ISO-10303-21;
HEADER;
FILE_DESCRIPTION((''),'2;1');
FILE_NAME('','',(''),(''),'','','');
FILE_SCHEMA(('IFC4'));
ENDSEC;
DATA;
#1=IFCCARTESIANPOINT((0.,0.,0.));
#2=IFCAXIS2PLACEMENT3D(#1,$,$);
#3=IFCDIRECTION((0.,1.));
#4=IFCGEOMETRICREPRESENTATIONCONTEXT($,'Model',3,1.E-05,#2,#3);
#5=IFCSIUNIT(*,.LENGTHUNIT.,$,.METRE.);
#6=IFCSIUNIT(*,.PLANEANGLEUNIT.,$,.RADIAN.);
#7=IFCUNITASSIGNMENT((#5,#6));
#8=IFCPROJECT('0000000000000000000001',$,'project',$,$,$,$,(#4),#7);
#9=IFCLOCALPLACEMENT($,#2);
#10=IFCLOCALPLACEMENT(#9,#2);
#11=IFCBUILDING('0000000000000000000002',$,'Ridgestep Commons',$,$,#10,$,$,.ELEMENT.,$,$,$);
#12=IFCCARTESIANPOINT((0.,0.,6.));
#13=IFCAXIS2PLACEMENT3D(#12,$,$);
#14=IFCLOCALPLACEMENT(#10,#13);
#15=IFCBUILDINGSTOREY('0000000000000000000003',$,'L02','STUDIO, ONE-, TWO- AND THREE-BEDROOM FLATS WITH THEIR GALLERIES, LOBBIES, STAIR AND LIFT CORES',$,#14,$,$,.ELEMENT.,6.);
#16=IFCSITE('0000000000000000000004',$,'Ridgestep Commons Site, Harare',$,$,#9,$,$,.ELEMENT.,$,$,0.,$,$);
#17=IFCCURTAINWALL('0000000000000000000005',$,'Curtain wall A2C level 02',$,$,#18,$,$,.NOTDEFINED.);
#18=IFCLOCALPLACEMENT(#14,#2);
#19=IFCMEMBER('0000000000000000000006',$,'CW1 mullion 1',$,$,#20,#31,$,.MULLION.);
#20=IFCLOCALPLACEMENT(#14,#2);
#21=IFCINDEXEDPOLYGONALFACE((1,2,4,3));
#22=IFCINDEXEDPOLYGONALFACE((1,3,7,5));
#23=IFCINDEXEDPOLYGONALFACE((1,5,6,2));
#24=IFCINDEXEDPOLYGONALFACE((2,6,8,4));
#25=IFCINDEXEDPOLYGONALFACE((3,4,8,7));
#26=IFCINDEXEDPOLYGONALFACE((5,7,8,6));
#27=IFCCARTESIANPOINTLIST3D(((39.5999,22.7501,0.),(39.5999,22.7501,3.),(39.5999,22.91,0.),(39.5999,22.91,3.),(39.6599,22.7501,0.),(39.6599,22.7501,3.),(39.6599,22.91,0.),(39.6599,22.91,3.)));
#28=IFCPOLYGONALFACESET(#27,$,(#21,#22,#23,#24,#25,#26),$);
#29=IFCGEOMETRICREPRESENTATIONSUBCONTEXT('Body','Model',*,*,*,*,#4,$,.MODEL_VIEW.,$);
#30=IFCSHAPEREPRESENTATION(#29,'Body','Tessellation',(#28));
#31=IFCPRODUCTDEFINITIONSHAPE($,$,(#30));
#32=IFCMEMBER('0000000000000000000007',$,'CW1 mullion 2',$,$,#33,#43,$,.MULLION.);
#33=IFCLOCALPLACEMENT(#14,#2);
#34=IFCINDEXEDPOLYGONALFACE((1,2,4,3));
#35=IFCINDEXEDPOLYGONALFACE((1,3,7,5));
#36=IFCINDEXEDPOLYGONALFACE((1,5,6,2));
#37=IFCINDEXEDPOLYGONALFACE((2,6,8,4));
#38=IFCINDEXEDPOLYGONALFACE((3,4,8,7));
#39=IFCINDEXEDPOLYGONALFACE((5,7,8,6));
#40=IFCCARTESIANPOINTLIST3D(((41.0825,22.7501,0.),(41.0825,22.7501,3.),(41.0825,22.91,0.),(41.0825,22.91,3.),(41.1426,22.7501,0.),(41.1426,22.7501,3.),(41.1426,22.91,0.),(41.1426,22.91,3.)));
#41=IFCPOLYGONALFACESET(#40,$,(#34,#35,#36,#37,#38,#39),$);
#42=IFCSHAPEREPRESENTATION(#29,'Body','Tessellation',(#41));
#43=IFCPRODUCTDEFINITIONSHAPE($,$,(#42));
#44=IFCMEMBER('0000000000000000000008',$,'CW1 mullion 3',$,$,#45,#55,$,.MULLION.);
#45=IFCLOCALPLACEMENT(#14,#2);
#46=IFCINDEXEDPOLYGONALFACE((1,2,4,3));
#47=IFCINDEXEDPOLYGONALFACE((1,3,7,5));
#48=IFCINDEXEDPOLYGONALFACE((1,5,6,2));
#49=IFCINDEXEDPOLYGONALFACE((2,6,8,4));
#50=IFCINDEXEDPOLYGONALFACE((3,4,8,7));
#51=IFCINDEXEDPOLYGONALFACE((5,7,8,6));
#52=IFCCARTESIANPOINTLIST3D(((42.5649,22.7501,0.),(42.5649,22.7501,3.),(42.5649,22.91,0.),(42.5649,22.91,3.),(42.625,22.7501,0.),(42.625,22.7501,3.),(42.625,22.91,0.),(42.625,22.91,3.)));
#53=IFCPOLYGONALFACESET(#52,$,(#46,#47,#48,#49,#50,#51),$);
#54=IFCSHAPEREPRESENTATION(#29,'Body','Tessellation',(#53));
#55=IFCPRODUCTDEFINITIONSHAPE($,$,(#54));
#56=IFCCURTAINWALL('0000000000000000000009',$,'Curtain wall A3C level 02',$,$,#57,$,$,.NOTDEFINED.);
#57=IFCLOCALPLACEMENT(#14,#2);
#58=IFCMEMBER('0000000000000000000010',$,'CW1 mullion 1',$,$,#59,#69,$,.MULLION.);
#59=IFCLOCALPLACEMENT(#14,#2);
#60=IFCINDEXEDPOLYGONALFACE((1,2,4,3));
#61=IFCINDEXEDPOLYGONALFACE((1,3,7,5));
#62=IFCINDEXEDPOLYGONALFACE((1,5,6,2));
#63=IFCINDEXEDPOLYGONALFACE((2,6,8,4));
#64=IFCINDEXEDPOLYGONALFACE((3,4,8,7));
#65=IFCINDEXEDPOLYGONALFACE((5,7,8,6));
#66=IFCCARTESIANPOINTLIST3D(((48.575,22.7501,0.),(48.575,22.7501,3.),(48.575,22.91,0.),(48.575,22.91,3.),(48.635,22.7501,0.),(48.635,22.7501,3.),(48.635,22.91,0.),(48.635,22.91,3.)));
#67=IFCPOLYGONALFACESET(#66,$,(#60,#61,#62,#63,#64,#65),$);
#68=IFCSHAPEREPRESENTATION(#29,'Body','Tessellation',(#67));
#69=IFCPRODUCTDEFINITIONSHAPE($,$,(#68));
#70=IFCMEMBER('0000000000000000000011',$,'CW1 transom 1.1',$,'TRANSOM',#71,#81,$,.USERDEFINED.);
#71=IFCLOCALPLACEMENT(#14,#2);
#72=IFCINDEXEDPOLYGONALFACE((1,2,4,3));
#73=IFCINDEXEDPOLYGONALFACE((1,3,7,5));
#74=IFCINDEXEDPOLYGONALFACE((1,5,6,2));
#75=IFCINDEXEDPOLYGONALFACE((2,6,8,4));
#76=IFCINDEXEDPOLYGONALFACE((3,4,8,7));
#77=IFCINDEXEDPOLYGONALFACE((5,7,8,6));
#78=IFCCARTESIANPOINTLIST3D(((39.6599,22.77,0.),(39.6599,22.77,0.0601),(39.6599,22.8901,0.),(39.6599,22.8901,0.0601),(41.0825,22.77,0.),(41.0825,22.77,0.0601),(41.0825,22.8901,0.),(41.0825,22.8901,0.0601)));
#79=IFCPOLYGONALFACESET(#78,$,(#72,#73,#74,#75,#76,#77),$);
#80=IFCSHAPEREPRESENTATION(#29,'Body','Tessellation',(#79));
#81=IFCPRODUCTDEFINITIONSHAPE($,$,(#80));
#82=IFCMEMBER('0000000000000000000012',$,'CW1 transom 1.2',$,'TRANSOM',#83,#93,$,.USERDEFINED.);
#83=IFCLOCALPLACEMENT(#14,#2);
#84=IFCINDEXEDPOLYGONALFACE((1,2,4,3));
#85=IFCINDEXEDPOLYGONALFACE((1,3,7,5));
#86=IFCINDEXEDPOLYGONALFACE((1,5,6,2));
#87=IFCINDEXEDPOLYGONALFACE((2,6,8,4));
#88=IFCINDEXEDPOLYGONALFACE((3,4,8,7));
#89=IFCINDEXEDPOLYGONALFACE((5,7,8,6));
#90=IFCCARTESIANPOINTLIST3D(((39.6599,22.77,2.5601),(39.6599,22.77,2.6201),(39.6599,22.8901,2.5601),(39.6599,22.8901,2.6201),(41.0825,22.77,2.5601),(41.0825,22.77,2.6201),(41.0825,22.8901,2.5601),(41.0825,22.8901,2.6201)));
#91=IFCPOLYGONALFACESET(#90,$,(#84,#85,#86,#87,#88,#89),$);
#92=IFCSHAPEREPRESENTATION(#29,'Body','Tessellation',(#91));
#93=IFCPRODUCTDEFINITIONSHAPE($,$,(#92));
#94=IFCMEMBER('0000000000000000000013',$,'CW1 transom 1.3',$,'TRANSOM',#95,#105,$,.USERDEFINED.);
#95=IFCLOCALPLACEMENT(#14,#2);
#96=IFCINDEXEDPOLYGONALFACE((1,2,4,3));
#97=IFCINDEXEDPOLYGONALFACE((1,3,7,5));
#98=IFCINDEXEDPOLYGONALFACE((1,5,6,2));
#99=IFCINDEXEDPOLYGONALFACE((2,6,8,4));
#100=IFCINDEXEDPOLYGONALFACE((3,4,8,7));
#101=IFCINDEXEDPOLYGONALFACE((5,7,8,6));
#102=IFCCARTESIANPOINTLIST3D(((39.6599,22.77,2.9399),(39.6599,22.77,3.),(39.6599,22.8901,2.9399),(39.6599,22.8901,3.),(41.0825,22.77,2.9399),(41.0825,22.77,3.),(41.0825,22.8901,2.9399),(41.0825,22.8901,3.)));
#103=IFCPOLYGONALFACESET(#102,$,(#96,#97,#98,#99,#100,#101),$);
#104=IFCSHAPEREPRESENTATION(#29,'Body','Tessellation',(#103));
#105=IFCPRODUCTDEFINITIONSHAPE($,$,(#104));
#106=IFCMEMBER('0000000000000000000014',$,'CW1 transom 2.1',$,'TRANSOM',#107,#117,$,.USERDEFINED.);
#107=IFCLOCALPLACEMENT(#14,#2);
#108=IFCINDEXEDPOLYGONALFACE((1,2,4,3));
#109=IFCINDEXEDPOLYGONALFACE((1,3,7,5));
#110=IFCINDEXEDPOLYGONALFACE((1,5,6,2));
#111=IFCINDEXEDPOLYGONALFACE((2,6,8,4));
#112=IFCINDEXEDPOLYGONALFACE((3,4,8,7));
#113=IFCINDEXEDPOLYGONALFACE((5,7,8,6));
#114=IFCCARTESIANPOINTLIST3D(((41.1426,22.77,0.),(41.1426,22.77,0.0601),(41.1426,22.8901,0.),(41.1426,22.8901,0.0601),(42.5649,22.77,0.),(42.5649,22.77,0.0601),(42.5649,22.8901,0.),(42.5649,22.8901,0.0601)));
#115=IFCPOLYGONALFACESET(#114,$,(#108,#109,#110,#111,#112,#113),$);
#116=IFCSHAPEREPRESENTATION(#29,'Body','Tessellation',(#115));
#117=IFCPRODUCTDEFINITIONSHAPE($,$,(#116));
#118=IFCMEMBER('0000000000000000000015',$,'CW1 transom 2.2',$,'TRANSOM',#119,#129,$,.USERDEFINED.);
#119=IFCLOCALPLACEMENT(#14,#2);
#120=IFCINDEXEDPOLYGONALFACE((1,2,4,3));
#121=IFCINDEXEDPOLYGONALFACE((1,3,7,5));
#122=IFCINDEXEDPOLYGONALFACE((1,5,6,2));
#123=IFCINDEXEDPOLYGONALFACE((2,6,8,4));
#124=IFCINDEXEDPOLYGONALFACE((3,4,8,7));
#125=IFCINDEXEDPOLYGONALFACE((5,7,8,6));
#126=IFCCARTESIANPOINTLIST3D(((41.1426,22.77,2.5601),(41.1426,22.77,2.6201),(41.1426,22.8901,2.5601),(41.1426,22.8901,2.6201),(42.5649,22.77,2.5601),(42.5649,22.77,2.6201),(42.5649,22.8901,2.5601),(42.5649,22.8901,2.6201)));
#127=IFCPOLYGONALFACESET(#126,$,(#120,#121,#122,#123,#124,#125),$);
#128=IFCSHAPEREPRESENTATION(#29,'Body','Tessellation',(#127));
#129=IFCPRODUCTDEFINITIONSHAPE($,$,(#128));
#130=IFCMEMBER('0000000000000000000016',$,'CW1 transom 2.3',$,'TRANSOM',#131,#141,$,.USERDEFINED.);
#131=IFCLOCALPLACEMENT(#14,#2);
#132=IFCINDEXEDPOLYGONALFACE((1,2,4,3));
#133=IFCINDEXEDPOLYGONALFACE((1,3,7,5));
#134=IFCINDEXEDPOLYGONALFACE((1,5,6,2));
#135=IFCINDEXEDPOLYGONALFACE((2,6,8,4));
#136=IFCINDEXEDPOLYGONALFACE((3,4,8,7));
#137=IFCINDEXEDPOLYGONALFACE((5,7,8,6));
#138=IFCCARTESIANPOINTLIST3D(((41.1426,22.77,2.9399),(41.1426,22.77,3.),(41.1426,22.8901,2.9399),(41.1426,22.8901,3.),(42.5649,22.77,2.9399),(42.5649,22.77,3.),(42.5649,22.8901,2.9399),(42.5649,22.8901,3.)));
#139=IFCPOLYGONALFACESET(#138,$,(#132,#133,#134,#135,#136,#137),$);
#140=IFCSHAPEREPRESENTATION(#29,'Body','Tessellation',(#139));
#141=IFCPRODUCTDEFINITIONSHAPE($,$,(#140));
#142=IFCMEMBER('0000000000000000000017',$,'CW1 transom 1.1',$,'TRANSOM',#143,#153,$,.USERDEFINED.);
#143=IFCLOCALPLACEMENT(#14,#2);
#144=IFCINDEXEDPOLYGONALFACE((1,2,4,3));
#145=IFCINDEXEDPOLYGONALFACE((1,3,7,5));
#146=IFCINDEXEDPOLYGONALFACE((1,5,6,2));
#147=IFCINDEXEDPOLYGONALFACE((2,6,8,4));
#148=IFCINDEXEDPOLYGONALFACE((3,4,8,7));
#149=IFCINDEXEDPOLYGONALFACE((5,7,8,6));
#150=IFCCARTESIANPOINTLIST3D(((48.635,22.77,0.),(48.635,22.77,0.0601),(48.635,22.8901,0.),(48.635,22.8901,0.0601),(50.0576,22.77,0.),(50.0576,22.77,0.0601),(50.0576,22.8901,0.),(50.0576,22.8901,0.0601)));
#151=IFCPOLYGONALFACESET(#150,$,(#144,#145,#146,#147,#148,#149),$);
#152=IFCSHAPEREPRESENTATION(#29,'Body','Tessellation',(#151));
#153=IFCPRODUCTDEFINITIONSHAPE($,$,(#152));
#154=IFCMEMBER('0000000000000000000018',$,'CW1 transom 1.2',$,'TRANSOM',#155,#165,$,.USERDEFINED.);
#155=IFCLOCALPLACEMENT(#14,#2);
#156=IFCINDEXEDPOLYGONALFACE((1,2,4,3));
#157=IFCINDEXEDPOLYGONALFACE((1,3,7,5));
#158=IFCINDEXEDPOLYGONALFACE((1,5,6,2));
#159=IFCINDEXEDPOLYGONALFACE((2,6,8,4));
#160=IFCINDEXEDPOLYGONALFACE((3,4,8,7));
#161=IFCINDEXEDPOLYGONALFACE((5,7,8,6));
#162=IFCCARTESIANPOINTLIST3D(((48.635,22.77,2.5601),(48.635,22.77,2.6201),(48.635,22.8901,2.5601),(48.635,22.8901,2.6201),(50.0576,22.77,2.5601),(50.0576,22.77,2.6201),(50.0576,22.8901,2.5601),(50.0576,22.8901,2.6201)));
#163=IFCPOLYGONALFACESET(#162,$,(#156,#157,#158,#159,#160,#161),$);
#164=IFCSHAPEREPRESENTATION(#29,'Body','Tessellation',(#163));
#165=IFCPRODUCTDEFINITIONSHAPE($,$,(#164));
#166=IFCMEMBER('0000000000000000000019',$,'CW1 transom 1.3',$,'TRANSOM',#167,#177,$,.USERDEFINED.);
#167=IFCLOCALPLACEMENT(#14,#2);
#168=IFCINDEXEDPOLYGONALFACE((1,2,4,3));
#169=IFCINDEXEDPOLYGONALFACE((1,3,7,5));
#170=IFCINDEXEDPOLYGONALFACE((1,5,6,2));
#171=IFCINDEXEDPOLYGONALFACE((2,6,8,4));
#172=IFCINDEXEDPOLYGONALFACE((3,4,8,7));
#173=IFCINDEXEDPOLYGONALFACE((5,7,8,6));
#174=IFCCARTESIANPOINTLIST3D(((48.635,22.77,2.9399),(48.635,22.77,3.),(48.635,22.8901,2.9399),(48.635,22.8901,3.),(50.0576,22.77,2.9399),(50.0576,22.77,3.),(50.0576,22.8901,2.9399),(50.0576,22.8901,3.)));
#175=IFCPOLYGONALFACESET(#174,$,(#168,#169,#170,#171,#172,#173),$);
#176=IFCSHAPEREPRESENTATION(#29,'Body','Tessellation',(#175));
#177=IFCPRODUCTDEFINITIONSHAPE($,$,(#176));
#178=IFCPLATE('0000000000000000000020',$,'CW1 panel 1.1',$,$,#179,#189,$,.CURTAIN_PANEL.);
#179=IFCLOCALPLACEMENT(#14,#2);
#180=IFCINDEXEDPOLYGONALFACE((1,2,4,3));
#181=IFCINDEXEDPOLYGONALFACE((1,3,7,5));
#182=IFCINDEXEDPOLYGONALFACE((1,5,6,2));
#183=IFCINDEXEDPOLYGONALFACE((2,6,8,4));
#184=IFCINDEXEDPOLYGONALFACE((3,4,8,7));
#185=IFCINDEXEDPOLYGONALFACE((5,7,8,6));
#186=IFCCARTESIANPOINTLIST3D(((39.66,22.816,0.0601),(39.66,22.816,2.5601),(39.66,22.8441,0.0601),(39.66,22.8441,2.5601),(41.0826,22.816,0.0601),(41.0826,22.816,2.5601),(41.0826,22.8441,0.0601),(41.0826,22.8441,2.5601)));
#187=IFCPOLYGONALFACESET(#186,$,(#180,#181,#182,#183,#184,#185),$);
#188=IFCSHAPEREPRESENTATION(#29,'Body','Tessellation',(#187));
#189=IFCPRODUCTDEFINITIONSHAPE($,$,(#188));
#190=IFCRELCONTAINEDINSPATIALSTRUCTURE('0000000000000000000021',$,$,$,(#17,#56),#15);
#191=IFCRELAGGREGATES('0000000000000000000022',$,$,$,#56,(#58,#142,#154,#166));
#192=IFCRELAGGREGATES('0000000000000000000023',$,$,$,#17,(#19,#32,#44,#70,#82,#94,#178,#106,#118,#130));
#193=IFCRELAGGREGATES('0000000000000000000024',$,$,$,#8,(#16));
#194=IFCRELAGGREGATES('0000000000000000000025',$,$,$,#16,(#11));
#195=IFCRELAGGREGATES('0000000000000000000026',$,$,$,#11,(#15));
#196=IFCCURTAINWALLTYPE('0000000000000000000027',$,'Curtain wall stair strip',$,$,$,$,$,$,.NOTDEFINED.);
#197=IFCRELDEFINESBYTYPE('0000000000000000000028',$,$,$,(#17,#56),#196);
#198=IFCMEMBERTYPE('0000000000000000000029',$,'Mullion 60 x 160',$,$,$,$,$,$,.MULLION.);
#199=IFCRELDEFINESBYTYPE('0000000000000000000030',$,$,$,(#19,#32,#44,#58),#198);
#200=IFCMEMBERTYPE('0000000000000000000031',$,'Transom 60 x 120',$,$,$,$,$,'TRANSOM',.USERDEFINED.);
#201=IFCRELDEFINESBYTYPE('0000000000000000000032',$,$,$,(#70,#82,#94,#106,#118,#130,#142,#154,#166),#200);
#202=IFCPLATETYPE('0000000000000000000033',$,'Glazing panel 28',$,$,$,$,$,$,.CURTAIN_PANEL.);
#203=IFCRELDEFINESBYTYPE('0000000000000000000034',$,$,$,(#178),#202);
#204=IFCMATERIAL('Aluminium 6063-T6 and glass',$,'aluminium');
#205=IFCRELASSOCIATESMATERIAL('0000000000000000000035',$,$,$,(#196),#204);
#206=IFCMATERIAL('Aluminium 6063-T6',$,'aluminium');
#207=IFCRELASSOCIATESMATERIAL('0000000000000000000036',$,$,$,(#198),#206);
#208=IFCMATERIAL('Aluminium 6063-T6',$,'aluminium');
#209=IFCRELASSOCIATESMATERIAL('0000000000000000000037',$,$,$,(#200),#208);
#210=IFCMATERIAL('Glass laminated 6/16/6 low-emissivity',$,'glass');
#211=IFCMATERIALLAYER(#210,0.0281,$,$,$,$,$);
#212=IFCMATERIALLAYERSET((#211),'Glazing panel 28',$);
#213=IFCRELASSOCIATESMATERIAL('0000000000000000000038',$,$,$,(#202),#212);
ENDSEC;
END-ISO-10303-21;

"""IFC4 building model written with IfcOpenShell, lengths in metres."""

from ifc_helpers import new_model, si_unit, direction, frame, origin, origin_2d, place, context, subcontext, project, spatial, rectangle, extrude, material, layer, layer_set, material_profile, profile_set, type_object, element, aggregate, save


model = new_model("IFC4")

# Units and contexts
model_context = context("Model", 3, precision=1e-05, world=origin(), true_north=direction((0.0, 1.0)))
body_context = subcontext(model_context, "Body", "Model", "MODEL_VIEW")
ifc_project = project(units=[si_unit("LENGTHUNIT", "METRE"), si_unit("PLANEANGLEUNIT", "RADIAN")], contexts=[model_context])

# Site, building, storey
site_placement = place(None, origin())
site = spatial("IfcSite", under=ifc_project, at=site_placement, Name="Ridgestep Commons Site, Harare", CompositionType="ELEMENT", RefElevation=0.0)
building_placement = place(site_placement, origin())
building = spatial("IfcBuilding", under=site, at=building_placement, Name="Ridgestep Commons", CompositionType="ELEMENT")
storey_placement = place(building_placement, frame((0.0, 0.0, 6.0)))
storey = spatial("IfcBuildingStorey", under=building, at=storey_placement, Name="L02", Description="STUDIO, ONE-, TWO- AND THREE-BEDROOM FLATS WITH THEIR GALLERIES, LOBBIES, STAIR AND LIFT CORES", CompositionType="ELEMENT", Elevation=6.0)

# Curtain wall, members
ifc_material_1 = material(Name="Aluminium 6063-T6 and glass", Category="aluminium")
curtain_wall_type = type_object("IfcCurtainWallType", Name="Curtain wall stair strip", PredefinedType="NOTDEFINED", material=ifc_material_1)
curtain_wall_1_placement = place(storey_placement, origin())
curtain_wall_1 = element("IfcCurtainWall", 1, at=curtain_wall_1_placement, inside=storey, type_object=curtain_wall_type, Name="Curtain wall A2C level 02", PredefinedType="NOTDEFINED")
ifc_material_2 = material(Name="Aluminium 6063-T6", Category="aluminium")
ifc_material_profile_1 = material_profile(ifc_material_2, rectangle(XDim=0.1599, YDim=0.0601, at=origin_2d()), Name="Mullion 60 x 160")
ifc_profile_set_1 = profile_set([ifc_material_profile_1], Name="Aluminium 6063-T6")
member_type_1 = type_object("IfcMemberType", Name="Mullion 60 x 160", PredefinedType="MULLION", material=ifc_profile_set_1)
member_1_placement = place(storey_placement, frame((39.6299, 22.8301, 0.0), z_axis=(0.0, 0.0, 1.0), x_axis=(0.0, 1.0, 0.0)))
member_1 = element("IfcMember", 2, at=member_1_placement, type_object=member_type_1, Name="CW1 mullion 1", PredefinedType="MULLION", context=body_context, shape_type="SweptSolid", body=[
    extrude(rectangle(XDim=0.1599, YDim=0.0601, at=origin_2d()), origin(), (0.0, 0.0, 1.0), 3.0),
])
member_2_placement = place(storey_placement, frame((41.1125, 22.8301, 0.0), z_axis=(0.0, 0.0, 1.0), x_axis=(0.0, 1.0, 0.0)))
member_2 = element("IfcMember", 3, at=member_2_placement, type_object=member_type_1, Name="CW1 mullion 2", PredefinedType="MULLION", context=body_context, shape_type="SweptSolid", body=[
    extrude(rectangle(XDim=0.1599, YDim=0.0601, at=origin_2d()), origin(), (0.0, 0.0, 1.0), 3.0),
])
member_3_placement = place(storey_placement, frame((42.595, 22.8301, 0.0), z_axis=(0.0, 0.0, 1.0), x_axis=(0.0, 1.0, 0.0)))
member_3 = element("IfcMember", 4, at=member_3_placement, type_object=member_type_1, Name="CW1 mullion 3", PredefinedType="MULLION", context=body_context, shape_type="SweptSolid", body=[
    extrude(rectangle(XDim=0.1599, YDim=0.0601, at=origin_2d()), origin(), (0.0, 0.0, 1.0), 3.0),
])

# Curtain wall, member
curtain_wall_2_placement = place(storey_placement, origin())
curtain_wall_2 = element("IfcCurtainWall", 5, at=curtain_wall_2_placement, inside=storey, type_object=curtain_wall_type, Name="Curtain wall A3C level 02", PredefinedType="NOTDEFINED")
member_4_placement = place(storey_placement, frame((48.605, 22.8301, 0.0), z_axis=(0.0, 0.0, 1.0), x_axis=(0.0, 1.0, 0.0)))
member_4 = element("IfcMember", 6, at=member_4_placement, type_object=member_type_1, Name="CW1 mullion 1", PredefinedType="MULLION", context=body_context, shape_type="SweptSolid", body=[
    extrude(rectangle(XDim=0.1599, YDim=0.0601, at=origin_2d()), origin(), (0.0, 0.0, 1.0), 3.0),
])

# Members
ifc_material_3 = material(Name="Aluminium 6063-T6", Category="aluminium")
ifc_material_profile_2 = material_profile(ifc_material_3, rectangle(XDim=0.1201, YDim=0.0601, at=origin_2d()), Name="Transom 60 x 120")
ifc_profile_set_2 = profile_set([ifc_material_profile_2], Name="Aluminium 6063-T6")
member_type_2 = type_object("IfcMemberType", Name="Transom 60 x 120", ElementType="TRANSOM", PredefinedType="USERDEFINED", material=ifc_profile_set_2)
member_5_placement = place(storey_placement, frame((39.6599, 22.8301, 0.03), z_axis=(1.0, 0.0, 0.0), x_axis=(0.0, 1.0, 0.0)))
member_5 = element("IfcMember", 7, at=member_5_placement, type_object=member_type_2, Name="CW1 transom 1.1", ObjectType="TRANSOM", PredefinedType="USERDEFINED", context=body_context, shape_type="SweptSolid", body=[
    extrude(rectangle(XDim=0.1201, YDim=0.0601, at=origin_2d()), origin(), (0.0, 0.0, 1.0), 1.4226),
])
member_6_placement = place(storey_placement, frame((39.6599, 22.8301, 2.5901), z_axis=(1.0, 0.0, 0.0), x_axis=(0.0, 1.0, 0.0)))
member_6 = element("IfcMember", 8, at=member_6_placement, type_object=member_type_2, Name="CW1 transom 1.2", ObjectType="TRANSOM", PredefinedType="USERDEFINED", context=body_context, shape_type="SweptSolid", body=[
    extrude(rectangle(XDim=0.1201, YDim=0.0601, at=origin_2d()), origin(), (0.0, 0.0, 1.0), 1.4226),
])
member_7_placement = place(storey_placement, frame((39.6599, 22.8301, 2.97), z_axis=(1.0, 0.0, 0.0), x_axis=(0.0, 1.0, 0.0)))
member_7 = element("IfcMember", 9, at=member_7_placement, type_object=member_type_2, Name="CW1 transom 1.3", ObjectType="TRANSOM", PredefinedType="USERDEFINED", context=body_context, shape_type="SweptSolid", body=[
    extrude(rectangle(XDim=0.1201, YDim=0.0601, at=origin_2d()), origin(), (0.0, 0.0, 1.0), 1.4226),
])
member_8_placement = place(storey_placement, frame((41.1426, 22.8301, 0.03), z_axis=(1.0, 0.0, 0.0), x_axis=(0.0, 1.0, 0.0)))
member_8 = element("IfcMember", 10, at=member_8_placement, type_object=member_type_2, Name="CW1 transom 2.1", ObjectType="TRANSOM", PredefinedType="USERDEFINED", context=body_context, shape_type="SweptSolid", body=[
    extrude(rectangle(XDim=0.1201, YDim=0.0601, at=origin_2d()), origin(), (0.0, 0.0, 1.0), 1.4224),
])
member_9_placement = place(storey_placement, frame((41.1426, 22.8301, 2.5901), z_axis=(1.0, 0.0, 0.0), x_axis=(0.0, 1.0, 0.0)))
member_9 = element("IfcMember", 11, at=member_9_placement, type_object=member_type_2, Name="CW1 transom 2.2", ObjectType="TRANSOM", PredefinedType="USERDEFINED", context=body_context, shape_type="SweptSolid", body=[
    extrude(rectangle(XDim=0.1201, YDim=0.0601, at=origin_2d()), origin(), (0.0, 0.0, 1.0), 1.4224),
])
member_10_placement = place(storey_placement, frame((41.1426, 22.8301, 2.97), z_axis=(1.0, 0.0, 0.0), x_axis=(0.0, 1.0, 0.0)))
member_10 = element("IfcMember", 12, at=member_10_placement, type_object=member_type_2, Name="CW1 transom 2.3", ObjectType="TRANSOM", PredefinedType="USERDEFINED", context=body_context, shape_type="SweptSolid", body=[
    extrude(rectangle(XDim=0.1201, YDim=0.0601, at=origin_2d()), origin(), (0.0, 0.0, 1.0), 1.4224),
])
member_11_placement = place(storey_placement, frame((48.635, 22.8301, 0.03), z_axis=(1.0, 0.0, 0.0), x_axis=(0.0, 1.0, 0.0)))
member_11 = element("IfcMember", 13, at=member_11_placement, type_object=member_type_2, Name="CW1 transom 1.1", ObjectType="TRANSOM", PredefinedType="USERDEFINED", context=body_context, shape_type="SweptSolid", body=[
    extrude(rectangle(XDim=0.1201, YDim=0.0601, at=origin_2d()), origin(), (0.0, 0.0, 1.0), 1.4226),
])
member_12_placement = place(storey_placement, frame((48.635, 22.8301, 2.5901), z_axis=(1.0, 0.0, 0.0), x_axis=(0.0, 1.0, 0.0)))
member_12 = element("IfcMember", 14, at=member_12_placement, type_object=member_type_2, Name="CW1 transom 1.2", ObjectType="TRANSOM", PredefinedType="USERDEFINED", context=body_context, shape_type="SweptSolid", body=[
    extrude(rectangle(XDim=0.1201, YDim=0.0601, at=origin_2d()), origin(), (0.0, 0.0, 1.0), 1.4226),
])
member_13_placement = place(storey_placement, frame((48.635, 22.8301, 2.97), z_axis=(1.0, 0.0, 0.0), x_axis=(0.0, 1.0, 0.0)))
member_13 = element("IfcMember", 15, at=member_13_placement, type_object=member_type_2, Name="CW1 transom 1.3", ObjectType="TRANSOM", PredefinedType="USERDEFINED", context=body_context, shape_type="SweptSolid", body=[
    extrude(rectangle(XDim=0.1201, YDim=0.0601, at=origin_2d()), origin(), (0.0, 0.0, 1.0), 1.4226),
])

# Plate
ifc_material_4 = material(Name="Glass laminated 6/16/6 low-emissivity", Category="glass")
ifc_layer_1 = layer(ifc_material_4, 0.0281)
ifc_layer_set_1 = layer_set([ifc_layer_1], Name="Glazing panel 28")
plate_type_1 = type_object("IfcPlateType", Name="Glazing panel 28", PredefinedType="CURTAIN_PANEL", material=ifc_layer_set_1)
plate_1_placement = place(storey_placement, frame((40.3713, 22.8301, 0.0601), z_axis=(0.0, 0.0, 1.0), x_axis=(1.0, 0.0, 0.0)))
plate_1 = element("IfcPlate", 16, at=plate_1_placement, type_object=plate_type_1, Name="CW1 panel 1.1", PredefinedType="CURTAIN_PANEL", context=body_context, shape_type="SweptSolid", body=[
    extrude(rectangle(XDim=1.4226, YDim=0.0281, at=origin_2d()), origin(), (0.0, 0.0, 1.0), 2.5),
])
aggregate(curtain_wall_2, [member_4, member_11, member_12, member_13])
aggregate(curtain_wall_1, [member_1, member_2, member_3, member_5, member_6, member_7, plate_1, member_8, member_9, member_10])

save(model, "model.ifc")
